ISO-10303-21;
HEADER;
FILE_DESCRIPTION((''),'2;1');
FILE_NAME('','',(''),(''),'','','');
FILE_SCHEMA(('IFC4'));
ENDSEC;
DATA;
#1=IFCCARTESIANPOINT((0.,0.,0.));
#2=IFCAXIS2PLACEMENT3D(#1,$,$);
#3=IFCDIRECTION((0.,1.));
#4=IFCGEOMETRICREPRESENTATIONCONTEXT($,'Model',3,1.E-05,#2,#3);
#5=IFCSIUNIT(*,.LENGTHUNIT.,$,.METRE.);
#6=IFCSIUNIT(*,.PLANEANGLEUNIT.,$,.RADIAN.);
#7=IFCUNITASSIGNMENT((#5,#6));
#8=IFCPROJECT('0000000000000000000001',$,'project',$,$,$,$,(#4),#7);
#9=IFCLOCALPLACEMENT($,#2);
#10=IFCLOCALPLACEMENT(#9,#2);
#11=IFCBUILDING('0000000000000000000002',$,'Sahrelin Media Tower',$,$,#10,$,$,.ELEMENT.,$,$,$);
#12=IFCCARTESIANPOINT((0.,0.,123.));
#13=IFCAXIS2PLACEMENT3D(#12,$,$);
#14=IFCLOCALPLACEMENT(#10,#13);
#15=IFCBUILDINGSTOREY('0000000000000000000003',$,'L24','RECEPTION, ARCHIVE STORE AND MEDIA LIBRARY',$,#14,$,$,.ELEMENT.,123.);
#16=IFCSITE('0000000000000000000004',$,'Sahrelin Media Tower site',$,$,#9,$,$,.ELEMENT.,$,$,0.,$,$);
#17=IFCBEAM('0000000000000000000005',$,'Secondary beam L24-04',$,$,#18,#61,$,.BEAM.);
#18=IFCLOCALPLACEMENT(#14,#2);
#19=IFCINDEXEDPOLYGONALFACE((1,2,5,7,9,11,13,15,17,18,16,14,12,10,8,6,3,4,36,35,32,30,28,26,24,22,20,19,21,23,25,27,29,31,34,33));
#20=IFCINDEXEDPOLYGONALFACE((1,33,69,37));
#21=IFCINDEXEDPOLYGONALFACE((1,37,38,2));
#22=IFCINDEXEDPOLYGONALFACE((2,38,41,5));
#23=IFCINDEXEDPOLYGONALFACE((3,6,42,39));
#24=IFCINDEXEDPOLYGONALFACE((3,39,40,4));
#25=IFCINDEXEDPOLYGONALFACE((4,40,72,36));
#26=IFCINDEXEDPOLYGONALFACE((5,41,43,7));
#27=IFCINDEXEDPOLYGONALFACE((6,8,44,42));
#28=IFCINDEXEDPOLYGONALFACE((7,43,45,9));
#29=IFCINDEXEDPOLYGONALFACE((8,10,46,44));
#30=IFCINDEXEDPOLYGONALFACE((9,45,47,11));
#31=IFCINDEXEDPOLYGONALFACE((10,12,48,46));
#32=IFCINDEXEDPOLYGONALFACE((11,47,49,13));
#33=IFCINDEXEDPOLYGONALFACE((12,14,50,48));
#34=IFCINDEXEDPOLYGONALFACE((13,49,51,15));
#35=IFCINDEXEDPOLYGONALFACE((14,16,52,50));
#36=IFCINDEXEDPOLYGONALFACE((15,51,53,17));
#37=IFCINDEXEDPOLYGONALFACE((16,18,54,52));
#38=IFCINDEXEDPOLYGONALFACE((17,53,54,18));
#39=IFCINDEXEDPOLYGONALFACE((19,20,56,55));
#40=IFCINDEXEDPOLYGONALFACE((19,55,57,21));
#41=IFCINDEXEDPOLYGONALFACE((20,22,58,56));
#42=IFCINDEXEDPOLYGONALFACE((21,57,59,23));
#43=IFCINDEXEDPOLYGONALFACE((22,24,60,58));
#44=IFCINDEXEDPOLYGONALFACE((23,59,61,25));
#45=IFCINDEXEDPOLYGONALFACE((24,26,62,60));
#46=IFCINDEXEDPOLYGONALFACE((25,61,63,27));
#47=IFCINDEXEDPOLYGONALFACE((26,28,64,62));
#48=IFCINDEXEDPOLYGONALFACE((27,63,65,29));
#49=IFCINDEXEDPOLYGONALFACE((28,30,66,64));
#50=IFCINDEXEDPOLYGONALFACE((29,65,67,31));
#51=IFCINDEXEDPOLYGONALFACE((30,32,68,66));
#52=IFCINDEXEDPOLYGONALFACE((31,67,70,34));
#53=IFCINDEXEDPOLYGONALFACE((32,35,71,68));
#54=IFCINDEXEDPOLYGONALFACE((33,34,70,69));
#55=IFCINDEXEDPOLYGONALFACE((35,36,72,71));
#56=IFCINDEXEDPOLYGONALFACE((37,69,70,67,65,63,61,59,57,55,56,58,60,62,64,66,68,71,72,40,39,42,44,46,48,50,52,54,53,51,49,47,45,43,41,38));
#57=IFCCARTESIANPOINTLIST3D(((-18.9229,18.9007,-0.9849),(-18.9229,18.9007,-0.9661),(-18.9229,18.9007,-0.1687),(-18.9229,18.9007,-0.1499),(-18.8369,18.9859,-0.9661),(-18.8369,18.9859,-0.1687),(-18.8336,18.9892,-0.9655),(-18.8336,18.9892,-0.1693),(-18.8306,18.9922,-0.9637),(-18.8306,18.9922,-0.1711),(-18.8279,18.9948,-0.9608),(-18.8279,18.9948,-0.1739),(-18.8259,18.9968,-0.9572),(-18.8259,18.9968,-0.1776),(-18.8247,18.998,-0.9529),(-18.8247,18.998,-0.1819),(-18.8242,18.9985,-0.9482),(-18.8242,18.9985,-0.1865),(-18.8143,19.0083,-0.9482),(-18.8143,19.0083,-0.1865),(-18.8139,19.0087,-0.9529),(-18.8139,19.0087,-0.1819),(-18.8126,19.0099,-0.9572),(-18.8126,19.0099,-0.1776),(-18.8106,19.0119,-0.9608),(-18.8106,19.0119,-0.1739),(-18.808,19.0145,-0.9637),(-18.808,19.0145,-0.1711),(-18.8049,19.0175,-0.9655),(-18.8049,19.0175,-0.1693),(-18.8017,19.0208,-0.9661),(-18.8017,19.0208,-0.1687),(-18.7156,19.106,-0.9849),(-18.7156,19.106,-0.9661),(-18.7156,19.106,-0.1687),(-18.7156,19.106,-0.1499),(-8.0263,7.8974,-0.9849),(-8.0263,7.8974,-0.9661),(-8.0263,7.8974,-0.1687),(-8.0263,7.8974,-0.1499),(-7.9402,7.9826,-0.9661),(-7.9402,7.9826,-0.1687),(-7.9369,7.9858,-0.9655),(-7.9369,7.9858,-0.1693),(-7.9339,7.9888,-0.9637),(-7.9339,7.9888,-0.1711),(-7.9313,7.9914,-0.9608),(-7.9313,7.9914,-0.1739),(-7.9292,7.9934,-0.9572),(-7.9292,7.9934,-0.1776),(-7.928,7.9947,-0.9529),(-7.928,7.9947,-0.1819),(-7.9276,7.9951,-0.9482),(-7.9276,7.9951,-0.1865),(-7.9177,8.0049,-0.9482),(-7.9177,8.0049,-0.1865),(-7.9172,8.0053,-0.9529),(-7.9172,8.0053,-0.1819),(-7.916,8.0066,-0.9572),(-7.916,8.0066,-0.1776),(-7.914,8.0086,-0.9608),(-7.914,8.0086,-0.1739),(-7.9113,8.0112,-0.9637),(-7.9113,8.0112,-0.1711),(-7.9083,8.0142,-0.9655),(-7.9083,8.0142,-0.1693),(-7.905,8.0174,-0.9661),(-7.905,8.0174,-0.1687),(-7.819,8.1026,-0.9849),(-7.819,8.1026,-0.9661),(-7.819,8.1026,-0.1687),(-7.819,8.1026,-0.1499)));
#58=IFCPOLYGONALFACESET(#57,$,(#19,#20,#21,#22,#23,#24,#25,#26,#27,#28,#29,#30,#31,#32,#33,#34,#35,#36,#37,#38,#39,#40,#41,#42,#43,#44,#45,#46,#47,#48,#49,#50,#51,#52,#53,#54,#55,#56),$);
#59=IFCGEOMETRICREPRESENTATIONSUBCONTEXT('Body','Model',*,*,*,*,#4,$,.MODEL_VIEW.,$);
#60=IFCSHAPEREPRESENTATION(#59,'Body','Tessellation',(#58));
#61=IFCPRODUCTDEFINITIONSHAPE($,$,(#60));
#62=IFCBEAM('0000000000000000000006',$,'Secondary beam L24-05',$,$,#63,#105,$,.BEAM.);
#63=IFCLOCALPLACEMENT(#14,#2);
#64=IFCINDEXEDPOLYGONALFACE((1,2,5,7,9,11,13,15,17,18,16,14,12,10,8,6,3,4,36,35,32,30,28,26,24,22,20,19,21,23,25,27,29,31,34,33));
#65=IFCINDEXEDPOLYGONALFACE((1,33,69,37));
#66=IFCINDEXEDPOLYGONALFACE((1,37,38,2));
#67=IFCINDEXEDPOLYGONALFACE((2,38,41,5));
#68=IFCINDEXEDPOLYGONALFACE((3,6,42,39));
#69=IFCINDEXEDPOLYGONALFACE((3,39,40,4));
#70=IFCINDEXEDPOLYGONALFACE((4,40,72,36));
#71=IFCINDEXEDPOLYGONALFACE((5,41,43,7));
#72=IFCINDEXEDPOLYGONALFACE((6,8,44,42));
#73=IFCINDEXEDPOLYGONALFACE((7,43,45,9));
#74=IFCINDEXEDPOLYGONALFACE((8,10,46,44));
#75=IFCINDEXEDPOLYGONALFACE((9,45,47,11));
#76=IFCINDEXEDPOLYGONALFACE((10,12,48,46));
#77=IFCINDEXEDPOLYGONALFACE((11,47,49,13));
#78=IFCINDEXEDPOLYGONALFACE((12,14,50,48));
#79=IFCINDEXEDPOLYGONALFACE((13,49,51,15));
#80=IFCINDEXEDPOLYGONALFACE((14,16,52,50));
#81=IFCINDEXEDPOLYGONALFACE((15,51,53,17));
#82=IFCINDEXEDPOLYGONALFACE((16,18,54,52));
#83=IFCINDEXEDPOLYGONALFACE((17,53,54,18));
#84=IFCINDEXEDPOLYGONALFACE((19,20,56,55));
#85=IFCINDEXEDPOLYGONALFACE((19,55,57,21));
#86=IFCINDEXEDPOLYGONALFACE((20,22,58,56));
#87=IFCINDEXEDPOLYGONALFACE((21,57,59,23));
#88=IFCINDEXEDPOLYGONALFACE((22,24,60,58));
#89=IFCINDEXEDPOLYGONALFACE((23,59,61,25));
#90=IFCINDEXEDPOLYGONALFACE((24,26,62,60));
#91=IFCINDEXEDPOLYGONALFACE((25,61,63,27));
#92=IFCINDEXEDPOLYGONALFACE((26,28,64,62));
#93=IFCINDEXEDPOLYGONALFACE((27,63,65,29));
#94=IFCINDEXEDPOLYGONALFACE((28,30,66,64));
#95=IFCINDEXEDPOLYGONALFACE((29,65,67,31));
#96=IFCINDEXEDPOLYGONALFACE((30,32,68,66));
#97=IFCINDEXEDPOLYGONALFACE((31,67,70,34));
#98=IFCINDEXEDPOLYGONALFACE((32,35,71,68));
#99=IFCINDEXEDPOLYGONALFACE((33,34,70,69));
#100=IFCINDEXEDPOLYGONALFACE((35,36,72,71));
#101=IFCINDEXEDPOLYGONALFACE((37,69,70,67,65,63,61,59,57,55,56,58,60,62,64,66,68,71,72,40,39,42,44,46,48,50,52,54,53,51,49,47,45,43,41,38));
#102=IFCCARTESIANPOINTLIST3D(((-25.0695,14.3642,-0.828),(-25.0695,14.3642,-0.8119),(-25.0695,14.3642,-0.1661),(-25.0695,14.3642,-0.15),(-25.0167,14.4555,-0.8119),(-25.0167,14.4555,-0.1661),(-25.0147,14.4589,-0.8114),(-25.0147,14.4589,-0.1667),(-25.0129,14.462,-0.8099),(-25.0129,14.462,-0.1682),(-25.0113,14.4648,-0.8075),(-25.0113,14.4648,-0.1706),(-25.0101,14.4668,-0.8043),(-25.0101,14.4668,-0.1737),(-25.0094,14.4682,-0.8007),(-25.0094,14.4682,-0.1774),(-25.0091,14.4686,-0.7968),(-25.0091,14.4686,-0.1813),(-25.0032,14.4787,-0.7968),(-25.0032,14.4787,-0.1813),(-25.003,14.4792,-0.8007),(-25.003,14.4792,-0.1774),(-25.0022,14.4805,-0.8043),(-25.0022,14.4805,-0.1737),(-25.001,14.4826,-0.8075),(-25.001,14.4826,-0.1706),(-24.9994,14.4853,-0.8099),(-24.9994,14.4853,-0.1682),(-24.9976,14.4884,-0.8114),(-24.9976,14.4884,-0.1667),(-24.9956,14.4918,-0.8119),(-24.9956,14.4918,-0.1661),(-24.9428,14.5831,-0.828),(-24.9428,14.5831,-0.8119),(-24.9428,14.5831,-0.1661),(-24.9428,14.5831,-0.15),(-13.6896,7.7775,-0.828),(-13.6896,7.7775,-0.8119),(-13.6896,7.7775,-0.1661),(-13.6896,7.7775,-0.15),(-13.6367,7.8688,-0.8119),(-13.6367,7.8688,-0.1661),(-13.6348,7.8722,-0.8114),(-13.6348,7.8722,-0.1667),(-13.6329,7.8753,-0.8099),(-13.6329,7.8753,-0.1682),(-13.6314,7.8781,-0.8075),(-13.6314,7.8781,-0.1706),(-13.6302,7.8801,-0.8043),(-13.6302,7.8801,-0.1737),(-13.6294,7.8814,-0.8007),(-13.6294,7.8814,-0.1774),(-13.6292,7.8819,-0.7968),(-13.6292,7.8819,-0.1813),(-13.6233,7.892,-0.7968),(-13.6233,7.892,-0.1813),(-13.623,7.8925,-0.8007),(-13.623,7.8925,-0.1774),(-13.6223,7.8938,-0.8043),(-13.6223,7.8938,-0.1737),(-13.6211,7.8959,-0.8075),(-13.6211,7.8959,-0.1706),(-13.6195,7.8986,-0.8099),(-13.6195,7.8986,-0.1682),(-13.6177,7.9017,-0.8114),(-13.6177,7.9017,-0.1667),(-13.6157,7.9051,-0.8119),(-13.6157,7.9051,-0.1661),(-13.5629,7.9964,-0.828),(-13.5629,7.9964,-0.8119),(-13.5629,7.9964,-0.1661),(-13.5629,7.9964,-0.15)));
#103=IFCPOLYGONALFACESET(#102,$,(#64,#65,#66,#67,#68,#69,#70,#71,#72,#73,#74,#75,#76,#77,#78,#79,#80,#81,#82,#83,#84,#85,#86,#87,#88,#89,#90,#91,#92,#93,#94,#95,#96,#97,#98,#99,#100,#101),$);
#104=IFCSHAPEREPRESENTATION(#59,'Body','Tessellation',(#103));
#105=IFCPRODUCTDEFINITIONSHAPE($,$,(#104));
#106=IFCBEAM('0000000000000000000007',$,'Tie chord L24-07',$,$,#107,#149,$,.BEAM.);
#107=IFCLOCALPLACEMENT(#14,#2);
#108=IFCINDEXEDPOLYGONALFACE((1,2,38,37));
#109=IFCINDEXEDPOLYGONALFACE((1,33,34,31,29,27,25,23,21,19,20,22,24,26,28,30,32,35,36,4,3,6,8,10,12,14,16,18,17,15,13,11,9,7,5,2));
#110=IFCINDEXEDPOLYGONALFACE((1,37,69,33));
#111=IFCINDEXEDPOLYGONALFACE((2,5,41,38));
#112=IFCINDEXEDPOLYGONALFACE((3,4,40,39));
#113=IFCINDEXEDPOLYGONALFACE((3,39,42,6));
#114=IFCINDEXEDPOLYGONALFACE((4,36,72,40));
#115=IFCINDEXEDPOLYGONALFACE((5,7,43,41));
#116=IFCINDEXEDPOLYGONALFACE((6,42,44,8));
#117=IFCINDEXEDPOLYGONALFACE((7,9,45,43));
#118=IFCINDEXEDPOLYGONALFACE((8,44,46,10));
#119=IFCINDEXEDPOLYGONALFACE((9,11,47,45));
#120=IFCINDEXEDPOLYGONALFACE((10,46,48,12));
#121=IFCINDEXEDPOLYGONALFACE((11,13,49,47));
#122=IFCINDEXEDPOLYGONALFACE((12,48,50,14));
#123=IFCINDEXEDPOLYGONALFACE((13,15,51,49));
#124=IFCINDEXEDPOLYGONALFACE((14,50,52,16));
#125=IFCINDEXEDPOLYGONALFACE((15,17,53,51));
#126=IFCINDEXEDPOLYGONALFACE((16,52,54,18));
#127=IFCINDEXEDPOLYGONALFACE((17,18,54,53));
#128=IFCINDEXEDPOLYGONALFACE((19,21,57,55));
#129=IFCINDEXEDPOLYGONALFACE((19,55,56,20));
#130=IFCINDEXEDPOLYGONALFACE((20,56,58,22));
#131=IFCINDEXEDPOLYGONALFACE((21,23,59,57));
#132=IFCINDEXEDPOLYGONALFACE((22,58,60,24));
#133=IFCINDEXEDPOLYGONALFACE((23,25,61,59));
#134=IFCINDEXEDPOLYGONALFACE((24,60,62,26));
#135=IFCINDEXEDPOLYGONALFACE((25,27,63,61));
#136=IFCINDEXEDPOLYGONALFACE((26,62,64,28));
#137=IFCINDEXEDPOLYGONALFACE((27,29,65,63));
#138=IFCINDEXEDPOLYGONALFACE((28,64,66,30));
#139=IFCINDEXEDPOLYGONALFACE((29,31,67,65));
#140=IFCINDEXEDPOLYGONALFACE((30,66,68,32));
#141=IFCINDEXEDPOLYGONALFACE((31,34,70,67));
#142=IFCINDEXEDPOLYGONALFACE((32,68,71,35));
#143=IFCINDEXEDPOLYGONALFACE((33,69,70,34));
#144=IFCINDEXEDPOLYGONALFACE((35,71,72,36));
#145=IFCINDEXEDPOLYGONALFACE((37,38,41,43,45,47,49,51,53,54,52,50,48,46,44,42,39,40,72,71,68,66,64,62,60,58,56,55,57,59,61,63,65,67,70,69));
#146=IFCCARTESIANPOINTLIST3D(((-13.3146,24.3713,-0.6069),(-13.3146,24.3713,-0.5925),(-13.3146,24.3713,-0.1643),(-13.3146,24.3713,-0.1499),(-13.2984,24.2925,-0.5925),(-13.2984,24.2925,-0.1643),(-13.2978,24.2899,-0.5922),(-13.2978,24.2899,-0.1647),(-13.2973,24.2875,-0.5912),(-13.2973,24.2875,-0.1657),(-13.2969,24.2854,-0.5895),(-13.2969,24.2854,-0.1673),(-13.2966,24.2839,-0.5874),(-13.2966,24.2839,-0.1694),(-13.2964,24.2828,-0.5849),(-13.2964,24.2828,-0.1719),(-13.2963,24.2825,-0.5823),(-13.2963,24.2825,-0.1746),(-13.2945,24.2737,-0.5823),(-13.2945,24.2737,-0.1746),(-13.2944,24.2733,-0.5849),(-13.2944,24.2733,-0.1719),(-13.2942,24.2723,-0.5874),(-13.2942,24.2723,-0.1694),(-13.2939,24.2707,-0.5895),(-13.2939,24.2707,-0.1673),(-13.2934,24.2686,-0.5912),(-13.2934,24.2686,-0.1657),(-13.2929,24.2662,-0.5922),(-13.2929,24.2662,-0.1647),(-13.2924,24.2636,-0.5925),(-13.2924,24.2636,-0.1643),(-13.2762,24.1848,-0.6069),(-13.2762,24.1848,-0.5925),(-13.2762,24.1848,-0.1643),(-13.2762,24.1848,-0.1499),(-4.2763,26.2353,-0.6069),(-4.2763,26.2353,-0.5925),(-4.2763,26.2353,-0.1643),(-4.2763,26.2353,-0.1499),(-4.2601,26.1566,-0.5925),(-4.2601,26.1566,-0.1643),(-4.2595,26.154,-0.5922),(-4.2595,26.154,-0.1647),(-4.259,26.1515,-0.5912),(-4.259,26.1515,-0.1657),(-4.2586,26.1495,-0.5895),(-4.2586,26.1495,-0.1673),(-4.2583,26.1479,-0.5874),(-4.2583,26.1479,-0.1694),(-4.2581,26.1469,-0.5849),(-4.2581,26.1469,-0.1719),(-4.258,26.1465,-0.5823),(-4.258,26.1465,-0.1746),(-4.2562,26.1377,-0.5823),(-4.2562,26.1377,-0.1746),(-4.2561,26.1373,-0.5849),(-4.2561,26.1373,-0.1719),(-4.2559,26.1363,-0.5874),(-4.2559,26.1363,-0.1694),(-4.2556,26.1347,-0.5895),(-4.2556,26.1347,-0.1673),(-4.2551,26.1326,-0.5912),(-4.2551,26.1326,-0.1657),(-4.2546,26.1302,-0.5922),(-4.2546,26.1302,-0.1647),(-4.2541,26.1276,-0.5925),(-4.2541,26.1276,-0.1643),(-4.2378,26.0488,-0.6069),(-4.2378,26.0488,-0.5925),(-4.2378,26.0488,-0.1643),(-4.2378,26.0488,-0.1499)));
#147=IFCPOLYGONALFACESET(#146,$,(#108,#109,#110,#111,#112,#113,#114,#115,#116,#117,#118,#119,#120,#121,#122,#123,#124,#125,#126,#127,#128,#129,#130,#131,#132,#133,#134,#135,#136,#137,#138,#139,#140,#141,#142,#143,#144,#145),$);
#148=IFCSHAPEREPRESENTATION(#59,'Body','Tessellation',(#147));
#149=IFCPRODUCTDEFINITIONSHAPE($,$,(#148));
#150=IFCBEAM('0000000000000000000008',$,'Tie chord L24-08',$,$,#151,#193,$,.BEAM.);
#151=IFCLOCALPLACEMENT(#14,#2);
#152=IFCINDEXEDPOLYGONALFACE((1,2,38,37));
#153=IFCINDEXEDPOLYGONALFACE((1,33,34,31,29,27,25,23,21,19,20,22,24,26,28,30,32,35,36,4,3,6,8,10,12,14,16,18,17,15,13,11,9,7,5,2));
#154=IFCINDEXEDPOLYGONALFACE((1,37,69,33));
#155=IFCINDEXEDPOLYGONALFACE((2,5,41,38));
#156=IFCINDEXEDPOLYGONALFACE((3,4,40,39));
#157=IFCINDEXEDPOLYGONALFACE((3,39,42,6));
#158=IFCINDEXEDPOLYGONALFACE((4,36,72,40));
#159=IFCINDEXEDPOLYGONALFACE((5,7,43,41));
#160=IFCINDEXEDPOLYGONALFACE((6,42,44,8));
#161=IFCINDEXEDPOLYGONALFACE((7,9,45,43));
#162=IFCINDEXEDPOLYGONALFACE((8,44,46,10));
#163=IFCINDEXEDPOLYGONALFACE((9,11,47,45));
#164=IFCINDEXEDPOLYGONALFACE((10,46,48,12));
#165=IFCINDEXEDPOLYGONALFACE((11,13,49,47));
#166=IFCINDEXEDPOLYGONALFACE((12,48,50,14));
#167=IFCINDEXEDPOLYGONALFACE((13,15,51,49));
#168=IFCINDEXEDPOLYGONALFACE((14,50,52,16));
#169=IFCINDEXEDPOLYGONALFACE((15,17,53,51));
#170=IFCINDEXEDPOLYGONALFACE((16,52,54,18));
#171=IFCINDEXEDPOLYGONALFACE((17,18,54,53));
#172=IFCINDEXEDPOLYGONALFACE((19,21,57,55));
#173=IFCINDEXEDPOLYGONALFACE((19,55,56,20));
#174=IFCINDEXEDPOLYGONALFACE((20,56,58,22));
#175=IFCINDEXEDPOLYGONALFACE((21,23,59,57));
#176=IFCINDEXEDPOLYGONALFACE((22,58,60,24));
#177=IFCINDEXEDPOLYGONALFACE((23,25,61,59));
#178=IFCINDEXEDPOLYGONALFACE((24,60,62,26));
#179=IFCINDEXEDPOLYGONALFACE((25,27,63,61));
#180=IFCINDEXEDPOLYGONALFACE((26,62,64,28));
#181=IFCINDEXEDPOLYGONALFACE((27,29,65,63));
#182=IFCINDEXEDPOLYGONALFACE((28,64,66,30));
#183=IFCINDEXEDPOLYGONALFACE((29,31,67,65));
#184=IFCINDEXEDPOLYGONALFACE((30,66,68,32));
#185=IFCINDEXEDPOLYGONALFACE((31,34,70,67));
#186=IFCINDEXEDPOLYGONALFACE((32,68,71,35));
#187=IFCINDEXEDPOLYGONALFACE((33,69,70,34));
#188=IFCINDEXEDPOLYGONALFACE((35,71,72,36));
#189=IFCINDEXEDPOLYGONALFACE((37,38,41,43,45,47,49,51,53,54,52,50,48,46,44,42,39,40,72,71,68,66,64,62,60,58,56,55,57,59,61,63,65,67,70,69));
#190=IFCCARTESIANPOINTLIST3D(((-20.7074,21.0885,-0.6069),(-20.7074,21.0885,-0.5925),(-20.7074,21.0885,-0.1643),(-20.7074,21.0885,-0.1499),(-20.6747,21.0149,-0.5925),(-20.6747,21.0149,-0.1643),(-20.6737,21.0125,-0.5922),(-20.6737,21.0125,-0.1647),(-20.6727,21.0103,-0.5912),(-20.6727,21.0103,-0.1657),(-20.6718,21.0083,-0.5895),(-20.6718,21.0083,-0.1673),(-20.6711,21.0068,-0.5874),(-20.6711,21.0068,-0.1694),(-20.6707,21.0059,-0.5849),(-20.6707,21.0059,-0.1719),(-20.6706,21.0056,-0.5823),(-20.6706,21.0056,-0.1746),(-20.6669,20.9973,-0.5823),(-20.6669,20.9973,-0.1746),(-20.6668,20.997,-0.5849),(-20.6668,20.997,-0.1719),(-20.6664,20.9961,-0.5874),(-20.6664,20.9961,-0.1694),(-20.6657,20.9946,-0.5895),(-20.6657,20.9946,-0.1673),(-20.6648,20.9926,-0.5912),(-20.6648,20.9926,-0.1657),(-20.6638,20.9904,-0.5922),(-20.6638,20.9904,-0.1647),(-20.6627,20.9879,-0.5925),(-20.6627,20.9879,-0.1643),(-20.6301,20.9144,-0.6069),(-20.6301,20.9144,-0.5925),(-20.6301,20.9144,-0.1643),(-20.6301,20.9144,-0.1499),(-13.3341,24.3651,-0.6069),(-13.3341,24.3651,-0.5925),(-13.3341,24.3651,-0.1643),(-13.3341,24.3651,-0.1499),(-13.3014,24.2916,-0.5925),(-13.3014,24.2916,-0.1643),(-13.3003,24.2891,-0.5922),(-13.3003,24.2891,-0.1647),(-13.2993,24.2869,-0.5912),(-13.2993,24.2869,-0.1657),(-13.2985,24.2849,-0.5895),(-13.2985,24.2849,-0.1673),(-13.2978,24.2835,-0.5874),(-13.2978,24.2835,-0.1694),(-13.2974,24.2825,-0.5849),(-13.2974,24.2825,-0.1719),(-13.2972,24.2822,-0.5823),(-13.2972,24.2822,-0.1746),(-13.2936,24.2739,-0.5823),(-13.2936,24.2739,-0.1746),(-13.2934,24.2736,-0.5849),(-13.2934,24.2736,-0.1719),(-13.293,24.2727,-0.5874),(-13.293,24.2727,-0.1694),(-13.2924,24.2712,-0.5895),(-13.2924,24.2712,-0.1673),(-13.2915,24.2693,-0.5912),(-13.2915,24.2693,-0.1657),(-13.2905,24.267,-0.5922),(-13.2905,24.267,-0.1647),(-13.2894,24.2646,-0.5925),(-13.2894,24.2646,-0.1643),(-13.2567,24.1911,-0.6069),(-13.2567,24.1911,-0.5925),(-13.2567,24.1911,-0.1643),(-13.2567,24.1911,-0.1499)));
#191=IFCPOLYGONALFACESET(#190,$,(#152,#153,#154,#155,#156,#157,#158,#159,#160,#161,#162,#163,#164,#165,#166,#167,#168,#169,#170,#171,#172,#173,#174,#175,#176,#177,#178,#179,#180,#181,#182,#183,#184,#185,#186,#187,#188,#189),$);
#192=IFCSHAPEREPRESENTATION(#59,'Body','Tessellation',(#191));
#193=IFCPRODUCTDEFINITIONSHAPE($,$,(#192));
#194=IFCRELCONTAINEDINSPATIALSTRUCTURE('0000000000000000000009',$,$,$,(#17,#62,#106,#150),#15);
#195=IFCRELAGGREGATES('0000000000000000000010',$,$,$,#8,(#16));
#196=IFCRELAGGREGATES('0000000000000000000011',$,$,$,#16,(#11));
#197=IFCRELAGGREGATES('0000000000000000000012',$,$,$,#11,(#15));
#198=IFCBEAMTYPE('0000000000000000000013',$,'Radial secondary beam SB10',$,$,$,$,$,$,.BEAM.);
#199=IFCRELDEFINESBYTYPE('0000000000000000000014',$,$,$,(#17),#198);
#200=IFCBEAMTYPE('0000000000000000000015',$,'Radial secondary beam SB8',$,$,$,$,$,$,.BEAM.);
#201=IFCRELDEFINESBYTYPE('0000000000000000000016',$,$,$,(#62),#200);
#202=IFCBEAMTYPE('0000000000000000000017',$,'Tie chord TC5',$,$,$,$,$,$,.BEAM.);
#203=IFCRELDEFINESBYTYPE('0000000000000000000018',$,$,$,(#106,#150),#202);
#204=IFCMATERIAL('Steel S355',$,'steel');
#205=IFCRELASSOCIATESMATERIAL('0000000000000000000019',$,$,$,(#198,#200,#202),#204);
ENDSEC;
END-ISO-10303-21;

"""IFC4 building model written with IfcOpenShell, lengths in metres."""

from ifc_helpers import new_model, si_unit, direction, frame, origin, origin_2d, place, context, subcontext, project, spatial, i_section, extrude, material, material_profile, profile_set, type_object, element, save


model = new_model("IFC4")

# Units and contexts
model_context = context("Model", 3, precision=1e-05, world=origin(), true_north=direction((0.0, 1.0)))
body_context = subcontext(model_context, "Body", "Model", "MODEL_VIEW")
ifc_project = project(units=[si_unit("LENGTHUNIT", "METRE"), si_unit("PLANEANGLEUNIT", "RADIAN")], contexts=[model_context])

# Site, building, storey
site_placement = place(None, origin())
site = spatial("IfcSite", under=ifc_project, at=site_placement, Name="Sahrelin Media Tower site", CompositionType="ELEMENT", RefElevation=0.0)
building_placement = place(site_placement, origin())
building = spatial("IfcBuilding", under=site, at=building_placement, Name="Sahrelin Media Tower", CompositionType="ELEMENT")
storey_placement = place(building_placement, frame((0.0, 0.0, 123.0)))
storey = spatial("IfcBuildingStorey", under=building, at=storey_placement, Name="L24", Description="RECEPTION, ARCHIVE STORE AND MEDIA LIBRARY", CompositionType="ELEMENT", Elevation=123.0)

# Beams
ifc_material_1 = material(Name="Steel S355", Category="steel")
ifc_material_profile_1 = material_profile(ifc_material_1, i_section(OverallWidth=0.2917, OverallDepth=0.835, WebThickness=0.0139, FlangeThickness=0.0188, FilletRadius=0.0178, at=origin_2d()), Name="UB 838x292x176")
ifc_profile_set_1 = profile_set([ifc_material_profile_1], Name="Steel S355")
beam_type_1 = type_object("IfcBeamType", Name="Radial secondary beam SB10", PredefinedType="BEAM", material=ifc_profile_set_1)
beam_1_placement = place(storey_placement, frame((-7.9226, 8.0, -0.5674), z_axis=(-0.703654, 0.710543, 0.0), x_axis=(-0.710543, -0.703654, 0.0)))
element("IfcBeam", 1, at=beam_1_placement, inside=storey, type_object=beam_type_1, Name="Secondary beam L24-04", PredefinedType="BEAM", context=body_context, shape_type="SweptSolid", body=[
    extrude(i_section(OverallWidth=0.2917, OverallDepth=0.835, WebThickness=0.0139, FlangeThickness=0.0188, FilletRadius=0.0178, at=origin_2d()), origin(), (0.0, 0.0, 1.0), 15.4858),
])
ifc_material_profile_2 = material_profile(ifc_material_1, i_section(OverallWidth=0.2529, OverallDepth=0.678, WebThickness=0.0117, FlangeThickness=0.0161, FilletRadius=0.0151, at=origin_2d()), Name="UB 686x254x125")
ifc_profile_set_2 = profile_set([ifc_material_profile_2], Name="Steel S355")
beam_type_2 = type_object("IfcBeamType", Name="Radial secondary beam SB8", PredefinedType="BEAM", material=ifc_profile_set_2)
beam_2_placement = place(storey_placement, frame((-13.6262, 7.887, -0.489), z_axis=(-0.865482, 0.50094, 0.0), x_axis=(-0.50094, -0.865482, 0.0)))
element("IfcBeam", 2, at=beam_2_placement, inside=storey, type_object=beam_type_2, Name="Secondary beam L24-05", PredefinedType="BEAM", context=body_context, shape_type="SweptSolid", body=[
    extrude(i_section(OverallWidth=0.2529, OverallDepth=0.678, WebThickness=0.0117, FlangeThickness=0.0161, FilletRadius=0.0151, at=origin_2d()), origin(), (0.0, 0.0, 1.0), 13.1487),
])
ifc_material_profile_3 = material_profile(ifc_material_1, i_section(OverallWidth=0.1904, OverallDepth=0.457, WebThickness=0.009, FlangeThickness=0.0144, FilletRadius=0.0103, at=origin_2d()), Name="UB 457x191x74")
ifc_profile_set_3 = profile_set([ifc_material_profile_3], Name="Steel S355")
beam_type_3 = type_object("IfcBeamType", Name="Tie chord TC5", PredefinedType="BEAM", material=ifc_profile_set_3)
beam_3_placement = place(storey_placement, frame((-4.2571, 26.1421, -0.3784), z_axis=(-0.979389, -0.201984, 0.0), x_axis=(0.201984, -0.979389, 0.0)))
element("IfcBeam", 3, at=beam_3_placement, inside=storey, type_object=beam_type_3, Name="Tie chord L24-07", PredefinedType="BEAM", context=body_context, shape_type="SweptSolid", body=[
    extrude(i_section(OverallWidth=0.1904, OverallDepth=0.457, WebThickness=0.009, FlangeThickness=0.0144, FilletRadius=0.0103, at=origin_2d()), origin(), (0.0, 0.0, 1.0), 9.2285),
])
beam_4_placement = place(storey_placement, frame((-13.2954, 24.2781, -0.3784), z_axis=(-0.91383, -0.406096, 0.0), x_axis=(0.406096, -0.91383, 0.0)))
element("IfcBeam", 4, at=beam_4_placement, inside=storey, type_object=beam_type_3, Name="Tie chord L24-08", PredefinedType="BEAM", context=body_context, shape_type="SweptSolid", body=[
    extrude(i_section(OverallWidth=0.1904, OverallDepth=0.457, WebThickness=0.009, FlangeThickness=0.0144, FilletRadius=0.0103, at=origin_2d()), origin(), (0.0, 0.0, 1.0), 8.0686),
])

save(model, "model.ifc")
